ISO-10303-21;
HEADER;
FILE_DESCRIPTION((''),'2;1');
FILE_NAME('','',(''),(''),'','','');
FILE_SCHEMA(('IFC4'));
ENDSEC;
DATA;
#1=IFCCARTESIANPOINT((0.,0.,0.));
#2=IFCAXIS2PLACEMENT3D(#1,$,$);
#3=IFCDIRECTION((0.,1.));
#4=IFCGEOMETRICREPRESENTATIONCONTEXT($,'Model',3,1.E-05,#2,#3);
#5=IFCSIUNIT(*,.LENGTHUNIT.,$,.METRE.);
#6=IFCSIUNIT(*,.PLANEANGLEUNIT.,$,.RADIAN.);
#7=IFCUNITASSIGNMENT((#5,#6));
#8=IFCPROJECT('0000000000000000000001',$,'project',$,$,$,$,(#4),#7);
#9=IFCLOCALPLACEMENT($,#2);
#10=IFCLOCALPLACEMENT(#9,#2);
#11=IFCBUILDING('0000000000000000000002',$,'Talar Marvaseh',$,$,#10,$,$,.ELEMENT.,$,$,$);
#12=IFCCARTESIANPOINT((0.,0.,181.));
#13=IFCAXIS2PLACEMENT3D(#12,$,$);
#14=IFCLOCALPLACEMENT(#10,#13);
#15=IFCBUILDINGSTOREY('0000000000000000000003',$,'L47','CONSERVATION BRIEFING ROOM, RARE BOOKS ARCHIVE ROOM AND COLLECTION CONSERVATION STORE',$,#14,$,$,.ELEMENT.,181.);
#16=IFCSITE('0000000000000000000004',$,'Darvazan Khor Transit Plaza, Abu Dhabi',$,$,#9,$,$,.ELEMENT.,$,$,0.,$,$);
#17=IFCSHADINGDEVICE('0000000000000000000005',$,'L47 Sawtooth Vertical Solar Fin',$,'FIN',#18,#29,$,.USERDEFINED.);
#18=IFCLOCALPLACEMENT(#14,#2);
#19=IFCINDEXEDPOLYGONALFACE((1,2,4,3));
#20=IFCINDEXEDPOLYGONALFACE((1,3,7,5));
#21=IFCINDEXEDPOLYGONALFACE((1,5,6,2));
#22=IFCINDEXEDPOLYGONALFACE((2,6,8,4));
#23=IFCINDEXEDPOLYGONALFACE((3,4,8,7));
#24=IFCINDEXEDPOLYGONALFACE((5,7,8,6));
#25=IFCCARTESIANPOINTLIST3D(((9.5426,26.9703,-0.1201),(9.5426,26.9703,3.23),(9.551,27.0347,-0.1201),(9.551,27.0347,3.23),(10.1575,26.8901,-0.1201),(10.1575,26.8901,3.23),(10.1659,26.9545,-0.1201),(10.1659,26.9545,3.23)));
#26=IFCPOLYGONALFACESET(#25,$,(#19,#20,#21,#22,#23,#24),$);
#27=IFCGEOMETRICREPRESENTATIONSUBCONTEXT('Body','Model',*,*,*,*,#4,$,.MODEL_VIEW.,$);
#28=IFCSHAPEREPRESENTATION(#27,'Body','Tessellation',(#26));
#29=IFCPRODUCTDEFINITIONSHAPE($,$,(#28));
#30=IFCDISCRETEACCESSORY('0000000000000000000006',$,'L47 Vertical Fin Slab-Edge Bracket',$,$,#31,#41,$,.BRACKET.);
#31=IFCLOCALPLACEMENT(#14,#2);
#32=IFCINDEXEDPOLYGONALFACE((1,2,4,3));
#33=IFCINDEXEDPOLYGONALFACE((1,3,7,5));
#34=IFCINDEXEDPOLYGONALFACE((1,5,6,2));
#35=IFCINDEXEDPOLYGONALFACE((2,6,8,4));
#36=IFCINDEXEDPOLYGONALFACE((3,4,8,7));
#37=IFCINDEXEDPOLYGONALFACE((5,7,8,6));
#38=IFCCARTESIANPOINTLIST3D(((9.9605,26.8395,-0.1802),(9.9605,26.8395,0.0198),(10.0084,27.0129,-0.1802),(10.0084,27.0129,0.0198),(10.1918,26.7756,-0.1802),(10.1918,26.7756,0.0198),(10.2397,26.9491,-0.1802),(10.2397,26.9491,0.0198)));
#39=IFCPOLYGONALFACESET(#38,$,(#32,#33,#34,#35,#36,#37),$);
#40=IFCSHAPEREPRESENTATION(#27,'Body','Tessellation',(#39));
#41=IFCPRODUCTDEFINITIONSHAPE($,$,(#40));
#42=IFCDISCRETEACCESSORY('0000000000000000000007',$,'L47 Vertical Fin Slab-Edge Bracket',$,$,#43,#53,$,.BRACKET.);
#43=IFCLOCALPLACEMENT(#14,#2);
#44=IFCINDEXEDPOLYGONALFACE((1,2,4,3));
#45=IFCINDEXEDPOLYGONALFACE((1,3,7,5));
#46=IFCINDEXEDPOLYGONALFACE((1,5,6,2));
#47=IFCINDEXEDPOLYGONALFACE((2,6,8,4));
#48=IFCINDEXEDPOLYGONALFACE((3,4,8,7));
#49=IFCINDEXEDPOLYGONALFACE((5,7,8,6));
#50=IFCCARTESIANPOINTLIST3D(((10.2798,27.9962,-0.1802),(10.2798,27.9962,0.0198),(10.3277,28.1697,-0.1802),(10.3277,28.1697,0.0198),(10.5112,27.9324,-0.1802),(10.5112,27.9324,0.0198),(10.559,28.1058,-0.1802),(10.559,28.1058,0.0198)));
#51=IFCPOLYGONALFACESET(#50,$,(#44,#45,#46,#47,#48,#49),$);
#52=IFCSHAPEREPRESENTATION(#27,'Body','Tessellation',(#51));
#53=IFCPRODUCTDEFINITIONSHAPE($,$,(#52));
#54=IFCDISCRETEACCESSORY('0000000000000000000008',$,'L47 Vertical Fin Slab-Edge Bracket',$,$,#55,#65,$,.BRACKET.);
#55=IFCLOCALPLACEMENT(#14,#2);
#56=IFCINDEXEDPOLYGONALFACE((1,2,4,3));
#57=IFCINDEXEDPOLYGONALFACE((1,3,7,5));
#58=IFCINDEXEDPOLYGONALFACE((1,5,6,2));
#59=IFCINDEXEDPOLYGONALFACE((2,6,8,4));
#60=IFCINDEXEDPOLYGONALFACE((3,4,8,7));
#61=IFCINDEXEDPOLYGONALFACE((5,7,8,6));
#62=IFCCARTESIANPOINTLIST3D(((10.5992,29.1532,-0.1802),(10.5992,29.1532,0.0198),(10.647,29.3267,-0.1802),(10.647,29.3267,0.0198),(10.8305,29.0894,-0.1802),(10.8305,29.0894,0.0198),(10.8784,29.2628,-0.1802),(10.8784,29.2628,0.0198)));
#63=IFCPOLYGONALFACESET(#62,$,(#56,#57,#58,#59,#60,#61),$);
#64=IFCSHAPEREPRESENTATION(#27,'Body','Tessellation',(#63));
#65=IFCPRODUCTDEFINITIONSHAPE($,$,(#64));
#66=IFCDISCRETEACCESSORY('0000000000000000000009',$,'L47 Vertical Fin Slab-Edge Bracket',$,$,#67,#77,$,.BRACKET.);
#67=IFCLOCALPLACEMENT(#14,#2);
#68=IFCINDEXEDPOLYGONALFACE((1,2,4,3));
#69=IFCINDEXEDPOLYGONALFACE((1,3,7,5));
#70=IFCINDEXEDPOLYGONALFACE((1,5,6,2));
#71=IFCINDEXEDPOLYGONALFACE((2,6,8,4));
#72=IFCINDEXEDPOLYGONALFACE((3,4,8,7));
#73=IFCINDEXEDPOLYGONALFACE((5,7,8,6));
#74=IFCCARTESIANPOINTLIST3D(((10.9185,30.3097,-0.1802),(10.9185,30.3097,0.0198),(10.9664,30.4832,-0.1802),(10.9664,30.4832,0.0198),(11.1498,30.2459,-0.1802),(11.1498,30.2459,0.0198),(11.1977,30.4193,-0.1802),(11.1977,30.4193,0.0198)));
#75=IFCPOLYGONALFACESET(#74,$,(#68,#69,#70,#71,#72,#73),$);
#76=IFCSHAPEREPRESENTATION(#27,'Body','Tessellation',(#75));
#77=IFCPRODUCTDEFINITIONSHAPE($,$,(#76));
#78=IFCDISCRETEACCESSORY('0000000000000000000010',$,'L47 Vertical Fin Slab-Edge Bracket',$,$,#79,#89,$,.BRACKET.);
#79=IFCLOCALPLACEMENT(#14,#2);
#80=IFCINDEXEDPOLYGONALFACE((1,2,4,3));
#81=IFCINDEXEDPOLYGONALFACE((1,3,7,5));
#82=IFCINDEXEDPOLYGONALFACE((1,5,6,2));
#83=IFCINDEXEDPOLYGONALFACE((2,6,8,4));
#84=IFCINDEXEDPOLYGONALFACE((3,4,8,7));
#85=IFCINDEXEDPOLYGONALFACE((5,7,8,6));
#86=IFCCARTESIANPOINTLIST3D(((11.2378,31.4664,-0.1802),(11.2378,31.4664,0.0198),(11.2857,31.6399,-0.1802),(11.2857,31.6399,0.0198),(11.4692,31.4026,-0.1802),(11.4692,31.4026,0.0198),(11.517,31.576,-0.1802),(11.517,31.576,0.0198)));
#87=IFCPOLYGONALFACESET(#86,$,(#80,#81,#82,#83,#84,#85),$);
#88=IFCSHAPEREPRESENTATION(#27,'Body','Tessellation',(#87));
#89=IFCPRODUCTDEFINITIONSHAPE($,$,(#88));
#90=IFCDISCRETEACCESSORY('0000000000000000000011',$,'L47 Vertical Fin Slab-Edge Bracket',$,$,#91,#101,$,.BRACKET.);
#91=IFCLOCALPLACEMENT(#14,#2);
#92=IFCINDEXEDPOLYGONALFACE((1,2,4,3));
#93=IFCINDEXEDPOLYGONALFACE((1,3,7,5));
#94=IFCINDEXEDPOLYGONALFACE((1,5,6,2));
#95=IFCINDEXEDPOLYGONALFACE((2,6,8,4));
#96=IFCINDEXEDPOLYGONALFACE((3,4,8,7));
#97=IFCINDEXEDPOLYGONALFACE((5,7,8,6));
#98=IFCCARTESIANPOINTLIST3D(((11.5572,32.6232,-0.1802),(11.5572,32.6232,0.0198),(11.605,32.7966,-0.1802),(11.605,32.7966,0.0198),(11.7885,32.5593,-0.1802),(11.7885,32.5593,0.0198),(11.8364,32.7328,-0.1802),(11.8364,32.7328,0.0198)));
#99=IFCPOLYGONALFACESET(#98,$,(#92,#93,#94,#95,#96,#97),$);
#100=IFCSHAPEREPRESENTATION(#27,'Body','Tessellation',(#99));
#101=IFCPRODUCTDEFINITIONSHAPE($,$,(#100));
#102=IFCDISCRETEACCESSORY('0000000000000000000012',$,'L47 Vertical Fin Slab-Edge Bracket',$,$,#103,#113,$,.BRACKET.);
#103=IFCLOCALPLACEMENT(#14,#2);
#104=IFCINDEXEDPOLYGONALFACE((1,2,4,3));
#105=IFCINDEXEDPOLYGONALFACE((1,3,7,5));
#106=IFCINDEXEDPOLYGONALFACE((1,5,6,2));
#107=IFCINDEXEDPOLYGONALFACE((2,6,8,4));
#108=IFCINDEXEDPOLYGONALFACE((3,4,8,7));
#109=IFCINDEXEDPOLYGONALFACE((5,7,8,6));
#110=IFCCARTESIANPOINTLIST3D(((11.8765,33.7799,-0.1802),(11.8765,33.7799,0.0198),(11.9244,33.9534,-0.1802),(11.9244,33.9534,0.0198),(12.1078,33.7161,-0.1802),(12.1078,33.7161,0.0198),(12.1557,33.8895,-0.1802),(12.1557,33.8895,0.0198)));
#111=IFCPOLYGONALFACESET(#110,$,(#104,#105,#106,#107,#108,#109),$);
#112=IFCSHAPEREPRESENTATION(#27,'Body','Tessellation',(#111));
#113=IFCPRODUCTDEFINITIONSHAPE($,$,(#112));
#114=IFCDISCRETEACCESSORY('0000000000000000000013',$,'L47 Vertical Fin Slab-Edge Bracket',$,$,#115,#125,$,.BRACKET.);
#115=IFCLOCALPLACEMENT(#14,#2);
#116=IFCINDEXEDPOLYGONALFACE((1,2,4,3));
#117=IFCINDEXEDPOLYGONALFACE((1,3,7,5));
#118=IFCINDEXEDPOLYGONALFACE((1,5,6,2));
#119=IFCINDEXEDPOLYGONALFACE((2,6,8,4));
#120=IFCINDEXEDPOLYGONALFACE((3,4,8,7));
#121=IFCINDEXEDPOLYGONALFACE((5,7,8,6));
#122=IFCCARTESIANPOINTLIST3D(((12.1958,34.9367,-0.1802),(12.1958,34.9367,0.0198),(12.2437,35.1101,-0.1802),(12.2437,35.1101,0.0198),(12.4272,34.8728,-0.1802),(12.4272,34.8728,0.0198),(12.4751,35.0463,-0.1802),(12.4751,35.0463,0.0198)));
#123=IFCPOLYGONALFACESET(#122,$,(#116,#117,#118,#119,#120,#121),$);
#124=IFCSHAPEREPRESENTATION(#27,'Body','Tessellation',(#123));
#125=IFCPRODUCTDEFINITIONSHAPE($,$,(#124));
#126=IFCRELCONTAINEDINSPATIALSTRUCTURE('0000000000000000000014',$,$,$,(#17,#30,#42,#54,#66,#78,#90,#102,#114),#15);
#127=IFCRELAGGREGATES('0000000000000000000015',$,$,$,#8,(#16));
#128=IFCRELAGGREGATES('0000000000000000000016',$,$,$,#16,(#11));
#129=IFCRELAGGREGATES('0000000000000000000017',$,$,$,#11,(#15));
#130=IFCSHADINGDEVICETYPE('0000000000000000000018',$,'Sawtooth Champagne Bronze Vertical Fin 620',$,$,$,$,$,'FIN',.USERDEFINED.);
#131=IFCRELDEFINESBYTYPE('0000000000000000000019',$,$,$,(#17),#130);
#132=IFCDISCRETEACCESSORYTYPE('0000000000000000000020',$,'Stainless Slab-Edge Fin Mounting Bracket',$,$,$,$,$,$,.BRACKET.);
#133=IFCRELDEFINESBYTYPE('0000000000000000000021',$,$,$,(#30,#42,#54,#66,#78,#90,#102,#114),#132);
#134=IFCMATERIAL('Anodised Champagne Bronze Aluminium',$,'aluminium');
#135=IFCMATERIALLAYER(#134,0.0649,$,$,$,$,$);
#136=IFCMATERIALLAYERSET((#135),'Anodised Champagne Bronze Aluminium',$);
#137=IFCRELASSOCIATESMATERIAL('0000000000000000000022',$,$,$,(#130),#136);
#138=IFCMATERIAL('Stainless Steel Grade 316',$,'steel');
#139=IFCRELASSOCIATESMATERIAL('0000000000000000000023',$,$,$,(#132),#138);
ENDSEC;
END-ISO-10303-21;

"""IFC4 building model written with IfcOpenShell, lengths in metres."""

from ifc_helpers import new_model, si_unit, direction, frame, origin, origin_2d, place, context, subcontext, project, spatial, rectangle, extrude, source, transform, mapped, material, layer, layer_set, type_object, type_shapes, element, save


model = new_model("IFC4")

# Units and contexts
model_context = context("Model", 3, precision=1e-05, world=origin(), true_north=direction((0.0, 1.0)))
body_context = subcontext(model_context, "Body", "Model", "MODEL_VIEW")
ifc_project = project(units=[si_unit("LENGTHUNIT", "METRE"), si_unit("PLANEANGLEUNIT", "RADIAN")], contexts=[model_context])

# Site, building, storey
site_placement = place(None, origin())
site = spatial("IfcSite", under=ifc_project, at=site_placement, Name="Darvazan Khor Transit Plaza, Abu Dhabi", CompositionType="ELEMENT", RefElevation=0.0)
building_placement = place(site_placement, origin())
building = spatial("IfcBuilding", under=site, at=building_placement, Name="Talar Marvaseh", CompositionType="ELEMENT")
storey_placement = place(building_placement, frame((0.0, 0.0, 181.0)))
storey = spatial("IfcBuildingStorey", under=building, at=storey_placement, Name="L47", Description="CONSERVATION BRIEFING ROOM, RARE BOOKS ARCHIVE ROOM AND COLLECTION CONSERVATION STORE", CompositionType="ELEMENT", Elevation=181.0)

# Shared definitions
ifc_material_1 = material(Name="Stainless Steel Grade 316", Category="steel")

# Shading device
ifc_material_2 = material(Name="Anodised Champagne Bronze Aluminium", Category="aluminium")
ifc_layer_1 = layer(ifc_material_2, 0.0649)
ifc_layer_set_1 = layer_set([ifc_layer_1], Name="Anodised Champagne Bronze Aluminium")
shading_device_type_1 = type_object("IfcShadingDeviceType", Name="Sawtooth Champagne Bronze Vertical Fin 620", ElementType="FIN", PredefinedType="USERDEFINED", material=ifc_layer_set_1)
shared_shape_1 = source(origin(), body_context, "Body", "SweptSolid", [
    extrude(rectangle(XDim=0.6201, YDim=0.0649, at=origin_2d()), origin(), (0.0, 0.0, 1.0), 3.3501),
])
type_shapes(shading_device_type_1, [shared_shape_1])
shading_device_placement = place(storey_placement, frame((9.8542, 26.9624, -0.1201), z_axis=(0.0, 0.0, 1.0), x_axis=(-0.991604, 0.129315, 0.0)))
element("IfcShadingDevice", 1, at=shading_device_placement, inside=storey, type_object=shading_device_type_1, Name="L47 Sawtooth Vertical Solar Fin", ObjectType="FIN", PredefinedType="USERDEFINED", context=body_context, shape_type="MappedRepresentation", body=[
    mapped(shared_shape_1, transform((0.0, 0.0, 0.0), x_axis=(1.0, 0.0, 0.0), y_axis=(0.0, 1.0, 0.0), z_axis=(0.0, 0.0, 1.0), scale=1.0)),
])

# Discrete accessories
discrete_accessory_type = type_object("IfcDiscreteAccessoryType", Name="Stainless Slab-Edge Fin Mounting Bracket", PredefinedType="BRACKET", material=ifc_material_1)
shared_shape_2 = source(origin(), body_context, "Body", "SweptSolid", [
    extrude(rectangle(XDim=0.24, YDim=0.1799, at=origin_2d()), origin(), (0.0, 0.0, 1.0), 0.2),
])
type_shapes(discrete_accessory_type, [shared_shape_2])
for number, where, z_axis, x_axis, name in (
    (2, (10.1001, 26.8943, -0.1802), (0.0, 0.0, 1.0), (-0.963956, 0.266061, 0.0), "L47 Vertical Fin Slab-Edge Bracket"),
    (3, (10.4194, 28.051, -0.1802), (0.0, 0.0, 1.0), (-0.963956, 0.266061, 0.0), "L47 Vertical Fin Slab-Edge Bracket"),
    (4, (10.7388, 29.208, -0.1802), (0.0, 0.0, 1.0), (-0.963956, 0.266061, 0.0), "L47 Vertical Fin Slab-Edge Bracket"),
    (5, (11.0581, 30.3645, -0.1802), (0.0, 0.0, 1.0), (-0.963956, 0.266061, 0.0), "L47 Vertical Fin Slab-Edge Bracket"),
    (6, (11.3774, 31.5212, -0.1802), (0.0, 0.0, 1.0), (-0.963956, 0.266061, 0.0), "L47 Vertical Fin Slab-Edge Bracket"),
    (7, (11.6968, 32.678, -0.1802), (0.0, 0.0, 1.0), (-0.963956, 0.266061, 0.0), "L47 Vertical Fin Slab-Edge Bracket"),
    (8, (12.0161, 33.8347, -0.1802), (0.0, 0.0, 1.0), (-0.963956, 0.266061, 0.0), "L47 Vertical Fin Slab-Edge Bracket"),
    (9, (12.3354, 34.9915, -0.1802), (0.0, 0.0, 1.0), (-0.963956, 0.266061, 0.0), "L47 Vertical Fin Slab-Edge Bracket"),
):
    element("IfcDiscreteAccessory", number, at=place(storey_placement, frame(where, z_axis=z_axis, x_axis=x_axis)), inside=storey, type_object=discrete_accessory_type, Name=name, PredefinedType="BRACKET", context=body_context, shape_type="MappedRepresentation", body=[
        mapped(shared_shape_2, transform((0.0, 0.0, 0.0), x_axis=(1.0, 0.0, 0.0), y_axis=(0.0, 1.0, 0.0), z_axis=(0.0, 0.0, 1.0), scale=1.0)),
    ])

save(model, "model.ifc")
